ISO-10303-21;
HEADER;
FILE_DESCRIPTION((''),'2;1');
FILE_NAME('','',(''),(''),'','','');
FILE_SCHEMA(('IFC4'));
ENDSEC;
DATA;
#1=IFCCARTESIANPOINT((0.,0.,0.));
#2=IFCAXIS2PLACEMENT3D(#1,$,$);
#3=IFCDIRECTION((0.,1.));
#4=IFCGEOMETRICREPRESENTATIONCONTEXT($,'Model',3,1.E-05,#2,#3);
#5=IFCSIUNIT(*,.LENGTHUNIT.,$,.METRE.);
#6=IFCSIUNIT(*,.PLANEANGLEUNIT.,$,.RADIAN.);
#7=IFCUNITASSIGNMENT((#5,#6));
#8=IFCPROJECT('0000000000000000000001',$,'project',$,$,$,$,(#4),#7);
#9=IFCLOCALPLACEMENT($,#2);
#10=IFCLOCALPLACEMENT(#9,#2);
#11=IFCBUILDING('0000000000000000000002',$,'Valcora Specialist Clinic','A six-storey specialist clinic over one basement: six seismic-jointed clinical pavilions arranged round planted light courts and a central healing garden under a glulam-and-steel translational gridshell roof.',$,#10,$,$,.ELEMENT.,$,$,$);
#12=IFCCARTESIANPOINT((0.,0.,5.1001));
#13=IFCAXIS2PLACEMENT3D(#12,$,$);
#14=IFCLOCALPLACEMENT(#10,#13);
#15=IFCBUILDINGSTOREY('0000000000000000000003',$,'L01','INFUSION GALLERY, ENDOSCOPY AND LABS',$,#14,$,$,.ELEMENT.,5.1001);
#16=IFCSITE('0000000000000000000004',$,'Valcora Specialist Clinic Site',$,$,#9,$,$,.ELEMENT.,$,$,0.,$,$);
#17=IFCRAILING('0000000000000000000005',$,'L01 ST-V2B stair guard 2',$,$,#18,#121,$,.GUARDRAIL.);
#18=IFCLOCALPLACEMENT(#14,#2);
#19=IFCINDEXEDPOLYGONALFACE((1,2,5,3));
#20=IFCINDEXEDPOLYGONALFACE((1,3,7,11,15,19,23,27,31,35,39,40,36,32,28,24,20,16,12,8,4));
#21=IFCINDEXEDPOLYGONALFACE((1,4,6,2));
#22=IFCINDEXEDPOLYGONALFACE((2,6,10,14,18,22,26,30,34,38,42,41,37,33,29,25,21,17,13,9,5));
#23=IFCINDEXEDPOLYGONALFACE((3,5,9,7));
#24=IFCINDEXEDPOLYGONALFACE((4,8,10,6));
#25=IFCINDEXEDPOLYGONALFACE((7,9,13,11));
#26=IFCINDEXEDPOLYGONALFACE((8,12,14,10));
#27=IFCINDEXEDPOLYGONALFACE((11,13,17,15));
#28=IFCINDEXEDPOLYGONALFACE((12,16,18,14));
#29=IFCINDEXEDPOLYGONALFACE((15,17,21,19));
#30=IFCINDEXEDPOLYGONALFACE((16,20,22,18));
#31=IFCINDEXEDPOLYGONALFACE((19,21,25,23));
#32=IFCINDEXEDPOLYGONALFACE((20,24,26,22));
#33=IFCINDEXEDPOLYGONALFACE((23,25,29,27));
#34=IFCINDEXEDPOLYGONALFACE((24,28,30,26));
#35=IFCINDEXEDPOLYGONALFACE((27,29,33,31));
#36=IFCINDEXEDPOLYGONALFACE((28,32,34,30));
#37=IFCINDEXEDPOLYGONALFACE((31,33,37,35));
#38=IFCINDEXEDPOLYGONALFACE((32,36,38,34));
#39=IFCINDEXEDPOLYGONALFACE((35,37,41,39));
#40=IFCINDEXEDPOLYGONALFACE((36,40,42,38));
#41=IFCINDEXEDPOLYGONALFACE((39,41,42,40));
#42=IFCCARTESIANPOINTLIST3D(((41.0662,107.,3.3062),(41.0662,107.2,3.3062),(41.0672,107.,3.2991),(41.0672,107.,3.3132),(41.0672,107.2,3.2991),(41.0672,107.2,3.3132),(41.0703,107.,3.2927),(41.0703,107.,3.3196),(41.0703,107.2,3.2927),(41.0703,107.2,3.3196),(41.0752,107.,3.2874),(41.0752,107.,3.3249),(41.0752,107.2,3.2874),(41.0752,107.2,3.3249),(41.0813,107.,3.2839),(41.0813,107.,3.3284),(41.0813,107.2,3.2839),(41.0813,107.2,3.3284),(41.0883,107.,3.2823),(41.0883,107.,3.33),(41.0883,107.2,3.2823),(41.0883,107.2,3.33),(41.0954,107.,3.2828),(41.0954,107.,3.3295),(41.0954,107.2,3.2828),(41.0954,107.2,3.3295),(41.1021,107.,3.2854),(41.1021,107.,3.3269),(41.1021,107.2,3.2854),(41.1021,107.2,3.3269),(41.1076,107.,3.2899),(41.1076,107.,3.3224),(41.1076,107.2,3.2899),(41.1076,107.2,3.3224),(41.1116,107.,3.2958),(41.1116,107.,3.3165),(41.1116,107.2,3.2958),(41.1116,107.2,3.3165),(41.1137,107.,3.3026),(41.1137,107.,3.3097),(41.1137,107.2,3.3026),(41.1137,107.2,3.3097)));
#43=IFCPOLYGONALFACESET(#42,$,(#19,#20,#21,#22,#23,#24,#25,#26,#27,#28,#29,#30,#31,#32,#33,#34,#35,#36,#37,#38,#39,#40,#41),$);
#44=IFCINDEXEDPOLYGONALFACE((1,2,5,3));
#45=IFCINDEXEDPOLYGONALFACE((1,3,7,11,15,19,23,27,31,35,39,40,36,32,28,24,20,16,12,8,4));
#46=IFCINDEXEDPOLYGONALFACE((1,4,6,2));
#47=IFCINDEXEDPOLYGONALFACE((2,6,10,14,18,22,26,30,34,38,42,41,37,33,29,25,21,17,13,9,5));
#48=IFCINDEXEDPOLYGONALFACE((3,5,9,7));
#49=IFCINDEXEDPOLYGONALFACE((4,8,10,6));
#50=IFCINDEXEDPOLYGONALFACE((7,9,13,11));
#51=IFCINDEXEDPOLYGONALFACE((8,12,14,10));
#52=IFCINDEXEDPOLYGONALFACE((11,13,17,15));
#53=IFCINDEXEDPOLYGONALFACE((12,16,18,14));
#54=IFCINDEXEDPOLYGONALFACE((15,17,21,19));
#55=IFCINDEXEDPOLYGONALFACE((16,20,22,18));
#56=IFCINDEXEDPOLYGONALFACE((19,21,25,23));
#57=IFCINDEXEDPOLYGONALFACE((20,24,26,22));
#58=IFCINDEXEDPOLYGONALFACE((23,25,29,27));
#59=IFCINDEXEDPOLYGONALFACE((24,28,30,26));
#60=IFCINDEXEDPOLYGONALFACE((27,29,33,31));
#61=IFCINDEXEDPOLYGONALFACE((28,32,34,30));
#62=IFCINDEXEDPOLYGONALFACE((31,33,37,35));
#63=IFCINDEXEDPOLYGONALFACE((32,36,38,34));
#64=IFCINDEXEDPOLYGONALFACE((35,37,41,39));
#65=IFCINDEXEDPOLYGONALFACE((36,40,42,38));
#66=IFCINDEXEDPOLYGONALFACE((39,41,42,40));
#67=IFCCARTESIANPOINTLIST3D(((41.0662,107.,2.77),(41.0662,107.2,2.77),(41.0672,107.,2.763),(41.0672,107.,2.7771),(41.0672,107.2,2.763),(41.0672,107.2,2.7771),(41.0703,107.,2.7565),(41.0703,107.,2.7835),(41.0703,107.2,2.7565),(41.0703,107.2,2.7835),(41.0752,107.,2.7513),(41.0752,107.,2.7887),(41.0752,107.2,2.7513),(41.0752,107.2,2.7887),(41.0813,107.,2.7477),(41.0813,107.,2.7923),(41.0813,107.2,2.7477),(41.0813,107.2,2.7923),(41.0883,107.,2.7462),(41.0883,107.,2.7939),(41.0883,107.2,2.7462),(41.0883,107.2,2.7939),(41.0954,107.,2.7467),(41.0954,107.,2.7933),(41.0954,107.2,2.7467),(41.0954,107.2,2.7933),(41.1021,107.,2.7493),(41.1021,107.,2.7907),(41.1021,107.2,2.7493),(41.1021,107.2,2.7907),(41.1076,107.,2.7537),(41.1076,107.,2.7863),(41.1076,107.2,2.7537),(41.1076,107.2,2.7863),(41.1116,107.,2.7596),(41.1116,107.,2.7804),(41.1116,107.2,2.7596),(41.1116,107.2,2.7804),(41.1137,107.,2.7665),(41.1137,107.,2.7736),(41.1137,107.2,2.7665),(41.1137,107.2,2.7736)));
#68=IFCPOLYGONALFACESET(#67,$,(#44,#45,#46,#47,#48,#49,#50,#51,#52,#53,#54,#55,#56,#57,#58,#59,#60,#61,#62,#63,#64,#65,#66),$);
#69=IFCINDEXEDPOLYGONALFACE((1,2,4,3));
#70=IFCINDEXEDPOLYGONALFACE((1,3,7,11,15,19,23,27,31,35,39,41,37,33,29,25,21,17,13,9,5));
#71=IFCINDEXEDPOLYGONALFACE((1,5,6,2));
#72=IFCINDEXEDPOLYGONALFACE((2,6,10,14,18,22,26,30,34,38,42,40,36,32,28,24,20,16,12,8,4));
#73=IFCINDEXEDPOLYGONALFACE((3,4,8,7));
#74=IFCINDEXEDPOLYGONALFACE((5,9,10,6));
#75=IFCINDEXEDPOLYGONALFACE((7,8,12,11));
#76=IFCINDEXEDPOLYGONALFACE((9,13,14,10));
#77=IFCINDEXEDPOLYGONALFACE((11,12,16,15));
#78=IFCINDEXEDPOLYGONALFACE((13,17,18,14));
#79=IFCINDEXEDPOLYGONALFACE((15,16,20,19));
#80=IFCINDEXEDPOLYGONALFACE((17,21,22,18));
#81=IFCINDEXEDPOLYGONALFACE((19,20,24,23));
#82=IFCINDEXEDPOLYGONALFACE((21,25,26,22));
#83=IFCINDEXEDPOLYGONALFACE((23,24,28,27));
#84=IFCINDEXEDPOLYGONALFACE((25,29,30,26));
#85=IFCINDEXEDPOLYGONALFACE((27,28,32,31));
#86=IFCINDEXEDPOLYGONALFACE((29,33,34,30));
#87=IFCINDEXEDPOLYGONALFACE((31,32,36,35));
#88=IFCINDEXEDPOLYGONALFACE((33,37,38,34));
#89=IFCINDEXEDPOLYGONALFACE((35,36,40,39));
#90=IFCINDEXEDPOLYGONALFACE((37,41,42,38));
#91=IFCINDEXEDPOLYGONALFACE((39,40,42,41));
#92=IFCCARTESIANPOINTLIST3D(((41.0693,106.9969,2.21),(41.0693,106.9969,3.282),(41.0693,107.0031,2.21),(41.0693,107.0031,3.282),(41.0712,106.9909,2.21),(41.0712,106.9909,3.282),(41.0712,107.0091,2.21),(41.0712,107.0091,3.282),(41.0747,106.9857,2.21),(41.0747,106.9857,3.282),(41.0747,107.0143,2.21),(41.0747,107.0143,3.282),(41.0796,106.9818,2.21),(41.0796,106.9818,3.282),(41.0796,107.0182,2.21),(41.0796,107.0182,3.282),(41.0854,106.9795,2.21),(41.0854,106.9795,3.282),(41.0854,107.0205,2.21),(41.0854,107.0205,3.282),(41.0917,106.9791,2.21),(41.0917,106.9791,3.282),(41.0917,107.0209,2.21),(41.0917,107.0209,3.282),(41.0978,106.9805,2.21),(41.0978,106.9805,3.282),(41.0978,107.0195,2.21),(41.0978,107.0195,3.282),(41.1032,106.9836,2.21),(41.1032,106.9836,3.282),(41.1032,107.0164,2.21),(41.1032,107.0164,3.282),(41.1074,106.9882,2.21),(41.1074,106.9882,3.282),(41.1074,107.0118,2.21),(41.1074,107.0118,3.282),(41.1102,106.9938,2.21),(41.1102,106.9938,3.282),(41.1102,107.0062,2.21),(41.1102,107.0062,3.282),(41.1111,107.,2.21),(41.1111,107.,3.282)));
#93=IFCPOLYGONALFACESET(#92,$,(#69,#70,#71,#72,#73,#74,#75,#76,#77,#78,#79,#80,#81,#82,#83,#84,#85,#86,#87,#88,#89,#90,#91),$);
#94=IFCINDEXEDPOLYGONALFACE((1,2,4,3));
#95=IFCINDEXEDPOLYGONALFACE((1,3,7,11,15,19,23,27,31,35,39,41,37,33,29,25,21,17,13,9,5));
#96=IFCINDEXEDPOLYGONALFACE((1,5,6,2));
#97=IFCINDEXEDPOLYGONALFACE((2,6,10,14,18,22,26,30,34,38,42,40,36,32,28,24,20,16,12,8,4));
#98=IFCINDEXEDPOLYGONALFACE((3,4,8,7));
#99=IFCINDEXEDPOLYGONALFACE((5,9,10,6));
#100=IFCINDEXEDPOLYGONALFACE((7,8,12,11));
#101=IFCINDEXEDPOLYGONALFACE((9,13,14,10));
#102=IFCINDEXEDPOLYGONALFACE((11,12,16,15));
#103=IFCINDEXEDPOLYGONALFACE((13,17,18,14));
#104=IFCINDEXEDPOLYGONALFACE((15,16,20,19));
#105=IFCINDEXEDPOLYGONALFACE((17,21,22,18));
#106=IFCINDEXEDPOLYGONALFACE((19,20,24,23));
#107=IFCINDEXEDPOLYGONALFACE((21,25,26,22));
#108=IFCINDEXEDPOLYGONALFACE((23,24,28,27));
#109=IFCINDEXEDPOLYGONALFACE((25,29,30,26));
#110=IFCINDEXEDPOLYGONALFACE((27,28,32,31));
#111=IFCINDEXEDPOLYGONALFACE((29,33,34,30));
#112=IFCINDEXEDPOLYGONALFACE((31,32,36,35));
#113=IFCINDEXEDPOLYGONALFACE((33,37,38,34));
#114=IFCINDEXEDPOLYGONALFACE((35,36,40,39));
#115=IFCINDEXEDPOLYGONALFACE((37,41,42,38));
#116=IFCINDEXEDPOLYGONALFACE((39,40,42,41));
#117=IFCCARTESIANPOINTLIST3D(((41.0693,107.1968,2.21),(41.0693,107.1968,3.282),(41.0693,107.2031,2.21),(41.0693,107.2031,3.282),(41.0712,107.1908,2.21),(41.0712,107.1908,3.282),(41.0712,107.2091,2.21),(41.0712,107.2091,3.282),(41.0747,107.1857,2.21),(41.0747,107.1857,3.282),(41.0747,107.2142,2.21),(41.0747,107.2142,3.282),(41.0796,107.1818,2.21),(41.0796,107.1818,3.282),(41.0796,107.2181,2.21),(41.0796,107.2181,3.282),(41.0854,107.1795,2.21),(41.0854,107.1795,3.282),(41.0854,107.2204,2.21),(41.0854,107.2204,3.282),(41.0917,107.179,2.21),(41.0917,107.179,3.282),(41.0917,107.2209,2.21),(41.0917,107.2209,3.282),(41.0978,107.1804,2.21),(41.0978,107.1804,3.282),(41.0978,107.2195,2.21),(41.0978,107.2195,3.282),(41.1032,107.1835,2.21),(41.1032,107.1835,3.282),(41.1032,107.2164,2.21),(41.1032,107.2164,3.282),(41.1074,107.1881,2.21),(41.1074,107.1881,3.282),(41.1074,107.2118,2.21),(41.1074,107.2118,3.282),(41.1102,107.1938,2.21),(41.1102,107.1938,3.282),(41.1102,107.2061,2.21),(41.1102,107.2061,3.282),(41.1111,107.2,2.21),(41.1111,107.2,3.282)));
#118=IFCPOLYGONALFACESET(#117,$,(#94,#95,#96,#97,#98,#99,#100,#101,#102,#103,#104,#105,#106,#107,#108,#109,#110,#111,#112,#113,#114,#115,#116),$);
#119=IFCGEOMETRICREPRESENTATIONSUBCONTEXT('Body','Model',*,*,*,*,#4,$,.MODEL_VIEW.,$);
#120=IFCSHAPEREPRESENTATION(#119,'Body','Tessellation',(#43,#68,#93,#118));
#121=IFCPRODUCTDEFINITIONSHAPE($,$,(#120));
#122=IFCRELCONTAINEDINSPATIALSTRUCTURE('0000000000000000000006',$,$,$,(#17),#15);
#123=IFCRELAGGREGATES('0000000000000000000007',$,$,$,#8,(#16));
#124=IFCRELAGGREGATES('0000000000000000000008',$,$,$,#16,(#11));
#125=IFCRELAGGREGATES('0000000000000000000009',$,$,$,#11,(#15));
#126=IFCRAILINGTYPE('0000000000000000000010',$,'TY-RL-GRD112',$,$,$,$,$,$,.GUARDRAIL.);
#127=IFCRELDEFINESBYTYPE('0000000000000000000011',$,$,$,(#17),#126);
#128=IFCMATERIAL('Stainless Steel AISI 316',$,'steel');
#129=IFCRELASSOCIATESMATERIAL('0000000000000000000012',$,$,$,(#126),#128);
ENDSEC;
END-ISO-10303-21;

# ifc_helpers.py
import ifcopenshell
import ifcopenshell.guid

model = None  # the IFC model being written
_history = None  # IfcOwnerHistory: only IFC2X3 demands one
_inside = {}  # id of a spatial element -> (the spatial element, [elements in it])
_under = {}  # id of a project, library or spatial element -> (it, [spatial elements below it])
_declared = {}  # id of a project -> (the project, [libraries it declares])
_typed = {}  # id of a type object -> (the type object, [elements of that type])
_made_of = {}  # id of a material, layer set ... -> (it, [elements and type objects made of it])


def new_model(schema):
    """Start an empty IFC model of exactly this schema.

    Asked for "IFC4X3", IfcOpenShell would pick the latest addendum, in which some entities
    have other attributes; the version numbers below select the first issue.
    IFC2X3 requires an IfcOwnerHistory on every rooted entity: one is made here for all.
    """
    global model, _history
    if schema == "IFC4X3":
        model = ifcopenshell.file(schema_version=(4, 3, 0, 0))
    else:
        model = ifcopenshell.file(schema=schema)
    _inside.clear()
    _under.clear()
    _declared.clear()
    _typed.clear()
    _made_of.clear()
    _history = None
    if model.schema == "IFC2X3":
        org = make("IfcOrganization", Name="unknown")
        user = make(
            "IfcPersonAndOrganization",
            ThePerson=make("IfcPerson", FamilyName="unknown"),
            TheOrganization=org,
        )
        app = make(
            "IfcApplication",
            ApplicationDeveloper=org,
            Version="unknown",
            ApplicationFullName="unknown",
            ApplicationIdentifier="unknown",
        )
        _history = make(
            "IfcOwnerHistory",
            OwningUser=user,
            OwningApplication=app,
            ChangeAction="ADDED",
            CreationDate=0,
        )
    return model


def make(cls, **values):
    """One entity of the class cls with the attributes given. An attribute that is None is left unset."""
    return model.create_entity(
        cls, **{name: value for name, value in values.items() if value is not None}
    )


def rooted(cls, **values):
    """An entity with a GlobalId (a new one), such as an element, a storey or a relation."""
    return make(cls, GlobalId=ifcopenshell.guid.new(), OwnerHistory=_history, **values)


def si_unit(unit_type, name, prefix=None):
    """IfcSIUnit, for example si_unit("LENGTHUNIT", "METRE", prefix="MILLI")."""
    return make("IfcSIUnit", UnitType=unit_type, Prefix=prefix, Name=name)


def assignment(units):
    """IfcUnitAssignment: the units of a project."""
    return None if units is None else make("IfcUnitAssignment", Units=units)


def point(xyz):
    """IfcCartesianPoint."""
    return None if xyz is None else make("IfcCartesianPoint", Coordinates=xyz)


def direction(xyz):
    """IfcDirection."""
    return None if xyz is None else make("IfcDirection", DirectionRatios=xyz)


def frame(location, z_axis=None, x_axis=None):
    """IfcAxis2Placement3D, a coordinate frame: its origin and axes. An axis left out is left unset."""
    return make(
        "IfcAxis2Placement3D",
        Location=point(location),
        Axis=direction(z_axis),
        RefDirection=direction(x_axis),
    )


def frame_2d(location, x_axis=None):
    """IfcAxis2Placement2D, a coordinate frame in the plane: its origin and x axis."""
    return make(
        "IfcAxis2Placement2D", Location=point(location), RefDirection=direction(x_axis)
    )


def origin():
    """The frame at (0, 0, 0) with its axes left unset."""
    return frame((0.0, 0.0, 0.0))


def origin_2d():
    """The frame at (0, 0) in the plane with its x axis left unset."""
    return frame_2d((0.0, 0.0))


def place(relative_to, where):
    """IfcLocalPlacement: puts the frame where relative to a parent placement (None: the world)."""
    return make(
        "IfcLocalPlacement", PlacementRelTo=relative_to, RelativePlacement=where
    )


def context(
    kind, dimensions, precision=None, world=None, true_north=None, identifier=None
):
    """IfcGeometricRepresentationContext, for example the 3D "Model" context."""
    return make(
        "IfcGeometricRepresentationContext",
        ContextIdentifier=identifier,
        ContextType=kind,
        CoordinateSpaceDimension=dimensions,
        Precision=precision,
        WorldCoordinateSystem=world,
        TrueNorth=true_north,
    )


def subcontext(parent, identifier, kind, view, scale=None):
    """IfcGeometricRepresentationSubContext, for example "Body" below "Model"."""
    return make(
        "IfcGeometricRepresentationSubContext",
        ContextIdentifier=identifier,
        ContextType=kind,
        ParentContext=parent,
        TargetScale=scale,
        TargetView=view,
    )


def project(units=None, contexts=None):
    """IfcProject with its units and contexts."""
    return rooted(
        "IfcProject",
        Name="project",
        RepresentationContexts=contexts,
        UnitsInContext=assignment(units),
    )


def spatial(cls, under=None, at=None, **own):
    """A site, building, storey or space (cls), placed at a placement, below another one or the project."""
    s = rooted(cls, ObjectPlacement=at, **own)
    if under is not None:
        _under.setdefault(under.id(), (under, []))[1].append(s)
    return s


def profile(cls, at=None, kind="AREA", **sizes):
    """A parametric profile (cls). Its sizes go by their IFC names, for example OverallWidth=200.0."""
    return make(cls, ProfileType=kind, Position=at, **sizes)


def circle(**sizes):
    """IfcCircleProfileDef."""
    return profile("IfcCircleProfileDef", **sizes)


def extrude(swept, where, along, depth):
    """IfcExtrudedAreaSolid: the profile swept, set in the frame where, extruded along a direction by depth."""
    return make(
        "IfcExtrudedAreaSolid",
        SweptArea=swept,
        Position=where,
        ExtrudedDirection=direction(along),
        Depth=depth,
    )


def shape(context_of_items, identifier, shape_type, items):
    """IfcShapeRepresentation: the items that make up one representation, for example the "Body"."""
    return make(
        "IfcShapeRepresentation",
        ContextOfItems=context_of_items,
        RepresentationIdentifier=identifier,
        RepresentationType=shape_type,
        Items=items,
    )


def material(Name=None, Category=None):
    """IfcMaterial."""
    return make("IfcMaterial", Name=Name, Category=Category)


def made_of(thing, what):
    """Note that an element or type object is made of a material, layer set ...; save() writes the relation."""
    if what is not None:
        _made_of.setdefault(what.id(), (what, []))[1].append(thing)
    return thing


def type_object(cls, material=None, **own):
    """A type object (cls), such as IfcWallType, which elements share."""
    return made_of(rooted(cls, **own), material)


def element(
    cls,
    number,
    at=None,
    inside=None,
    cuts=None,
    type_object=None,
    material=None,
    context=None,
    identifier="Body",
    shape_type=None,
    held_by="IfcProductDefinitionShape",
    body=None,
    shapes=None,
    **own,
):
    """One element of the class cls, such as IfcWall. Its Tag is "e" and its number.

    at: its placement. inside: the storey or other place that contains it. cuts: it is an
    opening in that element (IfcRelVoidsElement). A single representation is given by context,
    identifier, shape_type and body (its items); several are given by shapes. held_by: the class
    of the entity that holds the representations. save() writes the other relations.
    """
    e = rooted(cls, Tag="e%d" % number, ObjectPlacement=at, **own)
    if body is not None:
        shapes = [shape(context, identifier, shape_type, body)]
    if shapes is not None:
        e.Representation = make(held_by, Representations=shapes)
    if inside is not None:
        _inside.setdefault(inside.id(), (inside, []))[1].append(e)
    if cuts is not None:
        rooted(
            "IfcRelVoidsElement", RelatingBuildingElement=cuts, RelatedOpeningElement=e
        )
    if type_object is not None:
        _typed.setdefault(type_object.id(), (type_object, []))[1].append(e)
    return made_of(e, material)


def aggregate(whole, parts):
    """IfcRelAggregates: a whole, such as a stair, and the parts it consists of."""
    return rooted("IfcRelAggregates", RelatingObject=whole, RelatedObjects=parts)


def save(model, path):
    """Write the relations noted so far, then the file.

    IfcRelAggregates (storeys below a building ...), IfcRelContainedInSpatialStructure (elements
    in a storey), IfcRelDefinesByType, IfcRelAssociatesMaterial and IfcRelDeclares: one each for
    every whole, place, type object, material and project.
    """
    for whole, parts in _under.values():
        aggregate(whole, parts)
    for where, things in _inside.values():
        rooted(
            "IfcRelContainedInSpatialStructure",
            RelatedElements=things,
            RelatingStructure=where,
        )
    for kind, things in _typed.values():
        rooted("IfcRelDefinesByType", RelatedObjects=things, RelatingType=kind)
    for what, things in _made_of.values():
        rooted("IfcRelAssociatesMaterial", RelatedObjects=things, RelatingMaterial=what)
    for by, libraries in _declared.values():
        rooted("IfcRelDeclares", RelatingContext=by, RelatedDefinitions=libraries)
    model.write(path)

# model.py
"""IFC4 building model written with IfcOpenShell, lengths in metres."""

from ifc_helpers import new_model, si_unit, direction, frame, origin, origin_2d, place, context, subcontext, project, spatial, circle, extrude, material, type_object, element, save


model = new_model("IFC4")

# Units and contexts
model_context = context("Model", 3, precision=1e-05, world=origin(), true_north=direction((0.0, 1.0)))
body_context = subcontext(model_context, "Body", "Model", "MODEL_VIEW")
ifc_project = project(units=[si_unit("LENGTHUNIT", "METRE"), si_unit("PLANEANGLEUNIT", "RADIAN")], contexts=[model_context])

# Site, building, storey
site_placement = place(None, origin())
site = spatial("IfcSite", under=ifc_project, at=site_placement, Name="Valcora Specialist Clinic Site", CompositionType="ELEMENT", RefElevation=0.0)
building_placement = place(site_placement, origin())
building = spatial("IfcBuilding", under=site, at=building_placement, Name="Valcora Specialist Clinic", Description="A six-storey specialist clinic over one basement: six seismic-jointed clinical pavilions arranged round planted light courts and a central healing garden under a glulam-and-steel translational gridshell roof.", CompositionType="ELEMENT")
storey_placement = place(building_placement, frame((0.0, 0.0, 5.1001)))
storey = spatial("IfcBuildingStorey", under=building, at=storey_placement, Name="L01", Description="INFUSION GALLERY, ENDOSCOPY AND LABS", CompositionType="ELEMENT", Elevation=5.1001)

# Railing
ifc_material_1 = material(Name="Stainless Steel AISI 316", Category="steel")
railing_type_1 = type_object("IfcRailingType", Name="TY-RL-GRD112", PredefinedType="GUARDRAIL", material=ifc_material_1)
railing_1_placement = place(storey_placement, frame((41.0901, 107.0, 2.21)))
element("IfcRailing", 1, at=railing_1_placement, inside=storey, type_object=railing_type_1, Name="L01 ST-V2B stair guard 2", PredefinedType="GUARDRAIL", context=body_context, shape_type="SweptSolid", body=[
    extrude(circle(Radius=0.0239, at=origin_2d()), frame((0.0, 0.0, 1.0962), z_axis=(0.0, 1.0, 0.0), x_axis=(-1.0, 0.0, 0.0)), (0.0, 0.0, 1.0), 0.2),
    extrude(circle(Radius=0.0239, at=origin_2d()), frame((0.0, 0.0, 0.5601), z_axis=(0.0, 1.0, 0.0), x_axis=(-1.0, 0.0, 0.0)), (0.0, 0.0, 1.0), 0.2),
    extrude(circle(Radius=0.021, at=origin_2d()), origin(), (0.0, 0.0, 1.0), 1.072),
    extrude(circle(Radius=0.021, at=origin_2d()), frame((0.0, 0.2, 0.0)), (0.0, 0.0, 1.0), 1.072),
])

save(model, "model.ifc")
